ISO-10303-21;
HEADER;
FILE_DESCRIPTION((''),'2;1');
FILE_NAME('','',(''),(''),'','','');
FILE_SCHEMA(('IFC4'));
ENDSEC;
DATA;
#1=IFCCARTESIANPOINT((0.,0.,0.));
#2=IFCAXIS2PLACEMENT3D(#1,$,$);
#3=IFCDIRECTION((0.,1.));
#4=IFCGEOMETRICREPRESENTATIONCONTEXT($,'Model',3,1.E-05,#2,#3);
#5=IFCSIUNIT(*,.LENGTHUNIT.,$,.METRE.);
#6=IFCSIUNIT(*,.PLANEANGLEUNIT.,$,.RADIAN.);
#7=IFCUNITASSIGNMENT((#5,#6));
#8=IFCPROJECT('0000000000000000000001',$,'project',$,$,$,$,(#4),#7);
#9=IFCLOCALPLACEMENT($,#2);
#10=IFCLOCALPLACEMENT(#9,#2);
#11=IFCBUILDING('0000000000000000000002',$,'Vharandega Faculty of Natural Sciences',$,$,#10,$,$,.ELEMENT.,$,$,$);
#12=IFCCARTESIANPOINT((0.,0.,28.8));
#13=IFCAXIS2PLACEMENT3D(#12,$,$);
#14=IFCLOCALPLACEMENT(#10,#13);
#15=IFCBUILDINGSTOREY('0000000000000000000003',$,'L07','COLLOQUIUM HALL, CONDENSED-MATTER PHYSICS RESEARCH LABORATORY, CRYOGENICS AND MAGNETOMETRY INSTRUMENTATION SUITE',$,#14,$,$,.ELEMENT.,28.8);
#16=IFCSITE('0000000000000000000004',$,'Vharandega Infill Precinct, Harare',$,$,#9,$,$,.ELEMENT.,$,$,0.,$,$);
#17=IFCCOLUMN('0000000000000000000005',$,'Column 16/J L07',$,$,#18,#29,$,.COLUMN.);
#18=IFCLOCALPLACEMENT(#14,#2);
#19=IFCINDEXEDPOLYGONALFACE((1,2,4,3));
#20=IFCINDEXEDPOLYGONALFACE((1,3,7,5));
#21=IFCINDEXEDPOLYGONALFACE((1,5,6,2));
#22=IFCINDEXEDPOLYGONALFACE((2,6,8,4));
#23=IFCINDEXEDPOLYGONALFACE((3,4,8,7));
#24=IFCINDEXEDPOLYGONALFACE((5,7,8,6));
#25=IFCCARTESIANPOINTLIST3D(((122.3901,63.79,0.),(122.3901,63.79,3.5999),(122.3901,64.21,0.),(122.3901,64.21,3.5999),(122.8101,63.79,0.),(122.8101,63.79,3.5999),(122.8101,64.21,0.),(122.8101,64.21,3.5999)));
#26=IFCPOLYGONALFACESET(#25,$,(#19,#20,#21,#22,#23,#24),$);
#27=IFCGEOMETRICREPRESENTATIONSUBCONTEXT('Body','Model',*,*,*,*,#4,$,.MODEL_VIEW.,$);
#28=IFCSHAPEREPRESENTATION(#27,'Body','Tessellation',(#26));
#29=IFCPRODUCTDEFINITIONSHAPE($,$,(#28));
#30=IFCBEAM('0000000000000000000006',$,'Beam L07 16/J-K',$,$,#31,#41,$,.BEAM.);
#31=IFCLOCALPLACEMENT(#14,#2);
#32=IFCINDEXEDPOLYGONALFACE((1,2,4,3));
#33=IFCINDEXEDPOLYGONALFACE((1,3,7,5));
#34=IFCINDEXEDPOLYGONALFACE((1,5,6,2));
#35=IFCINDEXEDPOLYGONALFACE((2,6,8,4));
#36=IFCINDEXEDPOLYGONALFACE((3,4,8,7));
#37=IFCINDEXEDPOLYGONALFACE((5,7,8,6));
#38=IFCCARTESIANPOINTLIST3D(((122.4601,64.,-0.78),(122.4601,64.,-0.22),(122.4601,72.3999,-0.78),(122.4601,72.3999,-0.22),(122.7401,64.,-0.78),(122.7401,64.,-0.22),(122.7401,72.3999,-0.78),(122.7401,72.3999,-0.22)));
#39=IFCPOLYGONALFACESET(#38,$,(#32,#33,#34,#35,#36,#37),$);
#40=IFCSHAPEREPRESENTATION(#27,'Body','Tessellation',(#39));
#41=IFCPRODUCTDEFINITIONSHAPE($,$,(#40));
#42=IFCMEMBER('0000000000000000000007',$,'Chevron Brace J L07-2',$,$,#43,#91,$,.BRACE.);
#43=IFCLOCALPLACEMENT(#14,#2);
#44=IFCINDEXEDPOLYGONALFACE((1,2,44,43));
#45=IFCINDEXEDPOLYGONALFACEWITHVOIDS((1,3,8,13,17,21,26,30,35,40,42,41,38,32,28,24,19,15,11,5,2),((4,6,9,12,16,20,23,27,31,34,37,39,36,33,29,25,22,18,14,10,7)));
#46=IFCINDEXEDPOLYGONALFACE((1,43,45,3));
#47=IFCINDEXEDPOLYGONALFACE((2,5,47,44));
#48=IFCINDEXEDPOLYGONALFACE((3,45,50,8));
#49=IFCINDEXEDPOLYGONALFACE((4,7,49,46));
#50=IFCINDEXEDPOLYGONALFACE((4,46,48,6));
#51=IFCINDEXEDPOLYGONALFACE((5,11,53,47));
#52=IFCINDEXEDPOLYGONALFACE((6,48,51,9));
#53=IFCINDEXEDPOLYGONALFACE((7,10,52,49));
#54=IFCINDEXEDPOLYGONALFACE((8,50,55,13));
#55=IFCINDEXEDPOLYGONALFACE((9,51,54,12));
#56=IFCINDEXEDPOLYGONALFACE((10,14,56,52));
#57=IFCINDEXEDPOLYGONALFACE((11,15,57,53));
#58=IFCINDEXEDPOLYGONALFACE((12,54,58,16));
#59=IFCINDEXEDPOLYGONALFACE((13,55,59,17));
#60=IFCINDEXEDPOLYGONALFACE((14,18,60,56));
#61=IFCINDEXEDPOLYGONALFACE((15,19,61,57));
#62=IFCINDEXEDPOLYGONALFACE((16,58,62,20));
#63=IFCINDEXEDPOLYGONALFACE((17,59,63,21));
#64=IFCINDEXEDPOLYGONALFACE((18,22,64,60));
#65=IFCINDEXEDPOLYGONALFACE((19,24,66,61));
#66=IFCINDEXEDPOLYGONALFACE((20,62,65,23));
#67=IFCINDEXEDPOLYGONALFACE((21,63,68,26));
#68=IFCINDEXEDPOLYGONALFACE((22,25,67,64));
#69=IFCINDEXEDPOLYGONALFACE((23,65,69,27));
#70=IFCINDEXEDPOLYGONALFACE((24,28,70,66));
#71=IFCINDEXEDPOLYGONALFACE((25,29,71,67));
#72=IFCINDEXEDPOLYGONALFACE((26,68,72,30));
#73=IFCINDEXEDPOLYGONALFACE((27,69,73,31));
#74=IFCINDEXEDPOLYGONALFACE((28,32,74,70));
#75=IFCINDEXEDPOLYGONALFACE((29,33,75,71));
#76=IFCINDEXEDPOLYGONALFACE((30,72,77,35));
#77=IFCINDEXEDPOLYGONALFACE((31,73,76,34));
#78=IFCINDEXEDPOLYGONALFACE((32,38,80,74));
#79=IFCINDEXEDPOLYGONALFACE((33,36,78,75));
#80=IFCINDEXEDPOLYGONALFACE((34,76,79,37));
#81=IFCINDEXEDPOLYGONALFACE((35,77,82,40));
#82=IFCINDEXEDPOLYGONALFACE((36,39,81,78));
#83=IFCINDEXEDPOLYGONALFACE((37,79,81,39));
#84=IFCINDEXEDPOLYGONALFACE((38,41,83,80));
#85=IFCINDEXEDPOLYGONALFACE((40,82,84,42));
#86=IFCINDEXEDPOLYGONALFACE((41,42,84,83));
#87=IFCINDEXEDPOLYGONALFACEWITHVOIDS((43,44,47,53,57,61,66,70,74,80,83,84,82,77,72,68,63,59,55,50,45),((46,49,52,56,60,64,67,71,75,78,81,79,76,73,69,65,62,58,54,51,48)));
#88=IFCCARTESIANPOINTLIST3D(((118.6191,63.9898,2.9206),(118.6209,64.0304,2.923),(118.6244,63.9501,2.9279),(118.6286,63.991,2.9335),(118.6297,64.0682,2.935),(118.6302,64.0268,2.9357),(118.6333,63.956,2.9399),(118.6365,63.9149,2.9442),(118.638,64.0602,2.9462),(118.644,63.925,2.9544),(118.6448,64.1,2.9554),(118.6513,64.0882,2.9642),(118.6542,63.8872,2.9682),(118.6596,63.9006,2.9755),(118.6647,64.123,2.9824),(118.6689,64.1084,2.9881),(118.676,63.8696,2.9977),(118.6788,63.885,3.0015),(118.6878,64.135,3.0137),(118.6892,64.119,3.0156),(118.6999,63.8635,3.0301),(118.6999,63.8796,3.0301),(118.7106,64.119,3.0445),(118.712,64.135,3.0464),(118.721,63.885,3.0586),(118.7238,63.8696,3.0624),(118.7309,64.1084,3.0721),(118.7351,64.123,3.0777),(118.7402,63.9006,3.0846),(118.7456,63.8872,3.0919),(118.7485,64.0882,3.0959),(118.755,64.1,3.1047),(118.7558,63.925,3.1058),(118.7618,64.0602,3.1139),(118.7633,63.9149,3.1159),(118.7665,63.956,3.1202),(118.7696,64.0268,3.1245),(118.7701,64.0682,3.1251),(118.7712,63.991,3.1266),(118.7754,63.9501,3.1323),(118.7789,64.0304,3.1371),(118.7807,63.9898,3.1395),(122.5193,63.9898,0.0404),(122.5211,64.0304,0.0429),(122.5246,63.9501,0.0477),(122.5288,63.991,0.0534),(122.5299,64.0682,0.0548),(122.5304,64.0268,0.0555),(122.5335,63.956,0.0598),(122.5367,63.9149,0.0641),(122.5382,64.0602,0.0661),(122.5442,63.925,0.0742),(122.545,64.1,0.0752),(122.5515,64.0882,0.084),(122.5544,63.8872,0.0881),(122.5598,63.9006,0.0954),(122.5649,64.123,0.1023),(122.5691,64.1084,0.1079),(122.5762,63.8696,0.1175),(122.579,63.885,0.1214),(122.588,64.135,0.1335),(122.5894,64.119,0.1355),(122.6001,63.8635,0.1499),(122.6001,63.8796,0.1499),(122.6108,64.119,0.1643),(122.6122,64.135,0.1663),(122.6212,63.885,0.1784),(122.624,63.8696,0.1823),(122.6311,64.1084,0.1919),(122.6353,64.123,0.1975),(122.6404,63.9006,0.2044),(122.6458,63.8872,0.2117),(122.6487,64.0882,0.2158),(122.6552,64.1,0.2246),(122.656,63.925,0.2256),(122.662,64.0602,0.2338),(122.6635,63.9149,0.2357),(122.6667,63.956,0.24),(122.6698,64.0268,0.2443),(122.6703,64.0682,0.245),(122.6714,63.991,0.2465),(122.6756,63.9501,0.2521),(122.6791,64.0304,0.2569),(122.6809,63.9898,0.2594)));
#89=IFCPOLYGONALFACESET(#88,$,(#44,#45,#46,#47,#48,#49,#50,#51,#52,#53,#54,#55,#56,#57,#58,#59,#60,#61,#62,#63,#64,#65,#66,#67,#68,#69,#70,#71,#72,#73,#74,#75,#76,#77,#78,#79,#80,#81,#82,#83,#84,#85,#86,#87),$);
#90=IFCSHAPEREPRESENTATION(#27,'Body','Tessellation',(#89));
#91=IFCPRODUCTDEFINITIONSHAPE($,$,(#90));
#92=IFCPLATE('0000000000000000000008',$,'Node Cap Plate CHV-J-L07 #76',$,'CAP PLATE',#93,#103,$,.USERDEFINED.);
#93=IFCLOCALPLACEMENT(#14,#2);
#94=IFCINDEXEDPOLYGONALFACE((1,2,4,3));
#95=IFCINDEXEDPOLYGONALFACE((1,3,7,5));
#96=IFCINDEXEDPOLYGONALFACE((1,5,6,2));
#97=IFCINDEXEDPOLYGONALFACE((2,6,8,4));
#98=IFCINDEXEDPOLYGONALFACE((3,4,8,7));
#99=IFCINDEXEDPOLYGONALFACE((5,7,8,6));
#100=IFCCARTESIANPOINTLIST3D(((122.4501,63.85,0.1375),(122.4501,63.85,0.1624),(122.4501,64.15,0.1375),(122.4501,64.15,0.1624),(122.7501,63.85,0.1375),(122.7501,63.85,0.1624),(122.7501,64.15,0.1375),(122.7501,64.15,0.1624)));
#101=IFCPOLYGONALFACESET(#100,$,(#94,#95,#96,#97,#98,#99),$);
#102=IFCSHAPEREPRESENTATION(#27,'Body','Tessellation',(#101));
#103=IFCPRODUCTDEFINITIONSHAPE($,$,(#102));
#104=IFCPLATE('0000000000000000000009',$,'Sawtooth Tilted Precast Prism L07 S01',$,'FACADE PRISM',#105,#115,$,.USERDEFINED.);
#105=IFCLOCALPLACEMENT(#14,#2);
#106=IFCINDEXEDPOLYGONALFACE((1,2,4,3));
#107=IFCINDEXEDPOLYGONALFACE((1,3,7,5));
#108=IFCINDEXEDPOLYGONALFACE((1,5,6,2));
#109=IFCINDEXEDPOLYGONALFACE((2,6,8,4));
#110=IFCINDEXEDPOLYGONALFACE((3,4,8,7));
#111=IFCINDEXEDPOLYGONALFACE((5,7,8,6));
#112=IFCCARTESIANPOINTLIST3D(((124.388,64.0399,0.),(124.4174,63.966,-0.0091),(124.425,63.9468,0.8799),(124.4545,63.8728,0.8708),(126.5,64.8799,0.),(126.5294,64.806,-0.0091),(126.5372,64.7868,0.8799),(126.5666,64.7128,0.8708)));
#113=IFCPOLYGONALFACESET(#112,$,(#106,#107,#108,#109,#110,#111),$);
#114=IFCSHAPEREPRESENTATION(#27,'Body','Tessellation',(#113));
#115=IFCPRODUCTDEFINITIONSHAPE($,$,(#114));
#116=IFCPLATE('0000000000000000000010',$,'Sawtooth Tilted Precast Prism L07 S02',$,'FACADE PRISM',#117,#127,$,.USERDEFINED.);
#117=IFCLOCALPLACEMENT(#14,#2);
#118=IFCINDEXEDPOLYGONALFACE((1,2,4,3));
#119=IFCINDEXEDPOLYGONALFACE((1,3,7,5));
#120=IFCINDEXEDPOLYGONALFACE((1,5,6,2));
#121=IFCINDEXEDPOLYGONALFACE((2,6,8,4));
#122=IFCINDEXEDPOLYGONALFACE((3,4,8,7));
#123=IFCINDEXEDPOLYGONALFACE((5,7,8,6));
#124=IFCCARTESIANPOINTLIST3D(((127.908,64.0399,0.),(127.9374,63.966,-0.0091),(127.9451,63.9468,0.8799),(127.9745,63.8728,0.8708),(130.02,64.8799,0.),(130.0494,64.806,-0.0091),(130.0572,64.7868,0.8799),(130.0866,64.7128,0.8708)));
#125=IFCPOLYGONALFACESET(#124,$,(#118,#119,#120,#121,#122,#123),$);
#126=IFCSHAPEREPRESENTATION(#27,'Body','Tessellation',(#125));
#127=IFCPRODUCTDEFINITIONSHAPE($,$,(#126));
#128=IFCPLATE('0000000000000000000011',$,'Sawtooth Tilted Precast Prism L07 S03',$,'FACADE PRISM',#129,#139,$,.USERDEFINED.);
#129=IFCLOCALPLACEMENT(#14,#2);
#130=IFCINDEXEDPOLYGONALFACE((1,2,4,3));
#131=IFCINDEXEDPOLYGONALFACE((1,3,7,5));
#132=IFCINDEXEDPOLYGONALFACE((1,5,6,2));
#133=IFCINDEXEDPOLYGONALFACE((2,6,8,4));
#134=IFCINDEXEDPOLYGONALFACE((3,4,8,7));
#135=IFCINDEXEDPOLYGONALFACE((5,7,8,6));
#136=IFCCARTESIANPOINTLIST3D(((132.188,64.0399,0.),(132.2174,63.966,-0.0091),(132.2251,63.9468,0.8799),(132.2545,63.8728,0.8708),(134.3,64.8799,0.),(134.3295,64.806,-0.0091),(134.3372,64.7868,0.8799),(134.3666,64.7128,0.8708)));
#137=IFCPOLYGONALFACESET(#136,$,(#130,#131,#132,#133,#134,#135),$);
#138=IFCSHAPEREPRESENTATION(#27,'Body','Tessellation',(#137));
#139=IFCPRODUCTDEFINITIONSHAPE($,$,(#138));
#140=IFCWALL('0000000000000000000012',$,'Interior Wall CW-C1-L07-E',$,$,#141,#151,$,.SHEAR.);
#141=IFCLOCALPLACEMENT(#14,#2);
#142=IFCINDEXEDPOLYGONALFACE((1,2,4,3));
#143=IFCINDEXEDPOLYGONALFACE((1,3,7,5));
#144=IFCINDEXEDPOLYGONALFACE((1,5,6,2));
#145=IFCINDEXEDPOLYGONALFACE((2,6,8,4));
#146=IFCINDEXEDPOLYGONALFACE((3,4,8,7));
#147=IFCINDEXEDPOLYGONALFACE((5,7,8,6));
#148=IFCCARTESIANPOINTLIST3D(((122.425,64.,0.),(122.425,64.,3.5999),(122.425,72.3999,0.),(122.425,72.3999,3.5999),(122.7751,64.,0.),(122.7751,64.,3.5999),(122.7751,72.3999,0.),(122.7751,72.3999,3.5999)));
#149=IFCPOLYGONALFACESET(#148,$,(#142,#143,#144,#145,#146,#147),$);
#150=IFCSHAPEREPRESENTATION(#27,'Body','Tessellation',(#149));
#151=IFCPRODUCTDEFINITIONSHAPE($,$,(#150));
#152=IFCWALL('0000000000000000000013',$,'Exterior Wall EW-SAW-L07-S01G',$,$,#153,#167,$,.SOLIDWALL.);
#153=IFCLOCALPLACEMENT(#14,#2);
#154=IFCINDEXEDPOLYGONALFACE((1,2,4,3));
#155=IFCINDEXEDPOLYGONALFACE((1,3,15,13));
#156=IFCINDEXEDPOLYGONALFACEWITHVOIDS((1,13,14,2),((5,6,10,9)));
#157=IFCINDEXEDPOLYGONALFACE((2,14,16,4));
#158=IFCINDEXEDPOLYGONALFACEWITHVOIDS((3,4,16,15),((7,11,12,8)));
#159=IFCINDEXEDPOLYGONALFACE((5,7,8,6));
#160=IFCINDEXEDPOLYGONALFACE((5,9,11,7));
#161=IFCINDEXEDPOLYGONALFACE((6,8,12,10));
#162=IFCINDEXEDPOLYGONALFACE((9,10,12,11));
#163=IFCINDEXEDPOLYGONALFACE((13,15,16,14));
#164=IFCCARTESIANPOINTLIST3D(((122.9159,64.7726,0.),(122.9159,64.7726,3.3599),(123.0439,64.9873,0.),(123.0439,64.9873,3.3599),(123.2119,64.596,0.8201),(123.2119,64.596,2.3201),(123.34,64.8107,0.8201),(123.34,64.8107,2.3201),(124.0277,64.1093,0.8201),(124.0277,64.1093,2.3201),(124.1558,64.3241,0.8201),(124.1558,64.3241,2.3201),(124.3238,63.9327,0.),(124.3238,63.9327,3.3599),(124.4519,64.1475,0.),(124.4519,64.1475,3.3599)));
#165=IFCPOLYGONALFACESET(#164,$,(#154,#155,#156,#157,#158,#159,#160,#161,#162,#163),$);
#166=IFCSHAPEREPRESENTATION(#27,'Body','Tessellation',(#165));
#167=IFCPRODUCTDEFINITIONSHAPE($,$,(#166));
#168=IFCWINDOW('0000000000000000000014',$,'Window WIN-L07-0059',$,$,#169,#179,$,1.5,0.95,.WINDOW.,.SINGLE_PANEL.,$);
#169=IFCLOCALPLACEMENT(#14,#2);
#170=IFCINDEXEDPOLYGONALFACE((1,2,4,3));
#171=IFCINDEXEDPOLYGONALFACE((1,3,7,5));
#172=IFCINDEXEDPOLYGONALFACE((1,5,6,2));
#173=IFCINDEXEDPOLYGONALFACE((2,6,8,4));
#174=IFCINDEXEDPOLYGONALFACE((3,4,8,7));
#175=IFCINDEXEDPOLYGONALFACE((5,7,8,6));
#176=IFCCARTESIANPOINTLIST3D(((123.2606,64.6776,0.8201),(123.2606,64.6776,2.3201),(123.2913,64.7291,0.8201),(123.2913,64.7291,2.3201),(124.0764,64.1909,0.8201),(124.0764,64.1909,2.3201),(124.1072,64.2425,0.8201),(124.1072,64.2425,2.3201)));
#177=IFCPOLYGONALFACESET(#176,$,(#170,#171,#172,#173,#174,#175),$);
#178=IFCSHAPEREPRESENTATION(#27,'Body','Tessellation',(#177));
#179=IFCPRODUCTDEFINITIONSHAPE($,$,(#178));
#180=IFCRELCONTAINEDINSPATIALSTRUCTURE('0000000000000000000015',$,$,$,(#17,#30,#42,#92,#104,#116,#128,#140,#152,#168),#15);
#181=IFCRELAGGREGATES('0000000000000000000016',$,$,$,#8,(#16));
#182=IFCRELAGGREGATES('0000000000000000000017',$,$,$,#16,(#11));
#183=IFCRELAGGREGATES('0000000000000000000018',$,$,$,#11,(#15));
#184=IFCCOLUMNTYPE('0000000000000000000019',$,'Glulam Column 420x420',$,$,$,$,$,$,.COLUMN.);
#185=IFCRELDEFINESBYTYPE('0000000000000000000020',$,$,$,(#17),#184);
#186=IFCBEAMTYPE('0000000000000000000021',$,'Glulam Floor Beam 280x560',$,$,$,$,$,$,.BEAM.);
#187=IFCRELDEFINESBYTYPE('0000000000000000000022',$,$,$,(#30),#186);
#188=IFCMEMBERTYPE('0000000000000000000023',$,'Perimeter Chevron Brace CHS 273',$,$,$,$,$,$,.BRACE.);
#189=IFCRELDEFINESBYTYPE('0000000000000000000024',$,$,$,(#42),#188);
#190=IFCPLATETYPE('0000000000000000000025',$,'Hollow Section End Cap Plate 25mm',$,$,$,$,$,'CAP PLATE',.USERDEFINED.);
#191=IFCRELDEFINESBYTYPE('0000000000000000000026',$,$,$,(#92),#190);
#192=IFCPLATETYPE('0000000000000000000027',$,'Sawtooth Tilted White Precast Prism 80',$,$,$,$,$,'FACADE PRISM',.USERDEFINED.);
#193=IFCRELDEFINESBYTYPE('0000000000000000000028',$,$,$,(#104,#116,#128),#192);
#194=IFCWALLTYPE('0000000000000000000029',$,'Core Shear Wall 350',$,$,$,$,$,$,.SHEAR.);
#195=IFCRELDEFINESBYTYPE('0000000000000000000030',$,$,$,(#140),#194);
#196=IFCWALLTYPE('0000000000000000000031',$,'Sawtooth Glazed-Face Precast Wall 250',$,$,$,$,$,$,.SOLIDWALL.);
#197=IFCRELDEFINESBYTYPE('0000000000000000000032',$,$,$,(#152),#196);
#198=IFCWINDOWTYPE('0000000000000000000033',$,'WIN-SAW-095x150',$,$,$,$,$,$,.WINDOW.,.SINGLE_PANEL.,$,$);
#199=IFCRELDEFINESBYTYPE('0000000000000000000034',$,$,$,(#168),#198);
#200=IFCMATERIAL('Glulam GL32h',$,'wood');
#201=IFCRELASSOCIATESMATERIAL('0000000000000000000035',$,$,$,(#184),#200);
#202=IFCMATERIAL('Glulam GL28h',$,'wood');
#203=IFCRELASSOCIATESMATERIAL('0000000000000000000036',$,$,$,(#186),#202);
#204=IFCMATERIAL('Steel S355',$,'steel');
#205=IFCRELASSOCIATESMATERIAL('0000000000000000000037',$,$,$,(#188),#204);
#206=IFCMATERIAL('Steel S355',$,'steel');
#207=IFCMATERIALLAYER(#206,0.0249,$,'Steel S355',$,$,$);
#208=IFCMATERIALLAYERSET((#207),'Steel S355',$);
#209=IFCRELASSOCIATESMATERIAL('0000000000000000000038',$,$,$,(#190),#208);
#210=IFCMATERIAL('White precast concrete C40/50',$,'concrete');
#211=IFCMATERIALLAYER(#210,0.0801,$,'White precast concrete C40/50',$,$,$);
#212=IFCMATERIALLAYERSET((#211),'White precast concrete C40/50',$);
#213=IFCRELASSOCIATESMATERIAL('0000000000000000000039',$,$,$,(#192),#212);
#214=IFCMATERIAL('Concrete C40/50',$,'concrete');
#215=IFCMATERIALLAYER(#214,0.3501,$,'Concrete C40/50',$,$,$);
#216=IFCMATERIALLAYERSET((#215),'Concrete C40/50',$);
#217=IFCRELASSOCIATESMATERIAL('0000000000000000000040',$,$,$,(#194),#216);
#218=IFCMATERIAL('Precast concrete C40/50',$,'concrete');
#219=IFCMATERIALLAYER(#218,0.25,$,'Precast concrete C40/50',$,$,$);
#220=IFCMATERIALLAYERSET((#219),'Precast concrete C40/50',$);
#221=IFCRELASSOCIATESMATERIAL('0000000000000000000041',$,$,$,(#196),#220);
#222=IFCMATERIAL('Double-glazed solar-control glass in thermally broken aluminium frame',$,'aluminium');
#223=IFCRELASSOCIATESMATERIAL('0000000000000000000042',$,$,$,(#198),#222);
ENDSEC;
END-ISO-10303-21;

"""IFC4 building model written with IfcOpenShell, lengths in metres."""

from ifc_helpers import new_model, si_unit, direction, frame, frame_2d, origin, origin_2d, place, context, subcontext, project, spatial, polyline, rectangle, hollow_circle, outline, extrude, material, layer, layer_set, material_profile, profile_set, type_object, element, fill, save


model = new_model("IFC4")

# Units and contexts
model_context = context("Model", 3, precision=1e-05, world=origin(), true_north=direction((0.0, 1.0)))
body_context = subcontext(model_context, "Body", "Model", "MODEL_VIEW")
ifc_project = project(units=[si_unit("LENGTHUNIT", "METRE"), si_unit("PLANEANGLEUNIT", "RADIAN")], contexts=[model_context])

# Site, building, storey
site_placement = place(None, origin())
site = spatial("IfcSite", under=ifc_project, at=site_placement, Name="Vharandega Infill Precinct, Harare", CompositionType="ELEMENT", RefElevation=0.0)
building_placement = place(site_placement, origin())
building = spatial("IfcBuilding", under=site, at=building_placement, Name="Vharandega Faculty of Natural Sciences", CompositionType="ELEMENT")
storey_placement = place(building_placement, frame((0.0, 0.0, 28.8)))
storey = spatial("IfcBuildingStorey", under=building, at=storey_placement, Name="L07", Description="COLLOQUIUM HALL, CONDENSED-MATTER PHYSICS RESEARCH LABORATORY, CRYOGENICS AND MAGNETOMETRY INSTRUMENTATION SUITE", CompositionType="ELEMENT", Elevation=28.8)

# Column
ifc_material_1 = material(Name="Glulam GL32h", Category="wood")
ifc_material_profile_1 = material_profile(ifc_material_1, rectangle(XDim=0.4199, YDim=0.4199, at=origin_2d()), Name="GL32h 420x420")
ifc_profile_set_1 = profile_set([ifc_material_profile_1], Name="Glulam GL32h")
column_type = type_object("IfcColumnType", Name="Glulam Column 420x420", PredefinedType="COLUMN", material=ifc_profile_set_1)
column_placement = place(storey_placement, frame((122.6001, 64.0, 0.0), z_axis=(0.0, 0.0, 1.0), x_axis=(1.0, 0.0, 0.0)))
element("IfcColumn", 1, at=column_placement, inside=storey, type_object=column_type, Name="Column 16/J L07", PredefinedType="COLUMN", context=body_context, shape_type="SweptSolid", body=[
    extrude(rectangle(XDim=0.4199, YDim=0.4199, at=origin_2d()), origin(), (0.0, 0.0, 1.0), 3.5999),
])

# Beam
ifc_material_2 = material(Name="Glulam GL28h", Category="wood")
ifc_material_profile_2 = material_profile(ifc_material_2, rectangle(XDim=0.28, YDim=0.5601, at=origin_2d()), Name="GL28h 280x560")
ifc_profile_set_2 = profile_set([ifc_material_profile_2], Name="Glulam GL28h")
beam_type = type_object("IfcBeamType", Name="Glulam Floor Beam 280x560", PredefinedType="BEAM", material=ifc_profile_set_2)
beam_placement = place(storey_placement, frame((122.6001, 64.0, -0.5), z_axis=(0.0, 1.0, 0.0), x_axis=(-1.0, 0.0, 0.0)))
element("IfcBeam", 2, at=beam_placement, inside=storey, type_object=beam_type, Name="Beam L07 16/J-K", PredefinedType="BEAM", context=body_context, shape_type="SweptSolid", body=[
    extrude(rectangle(XDim=0.28, YDim=0.5601, at=origin_2d()), origin(), (0.0, 0.0, 1.0), 8.3999),
])

# Member
ifc_material_3 = material(Name="Steel S355", Category="steel")
ifc_material_profile_3 = material_profile(ifc_material_3, hollow_circle(Radius=0.1365, WallThickness=0.0161, at=origin_2d()), Name="CHS 273x16")
ifc_profile_set_3 = profile_set([ifc_material_profile_3], Name="Steel S355")
member_type = type_object("IfcMemberType", Name="Perimeter Chevron Brace CHS 273", PredefinedType="BRACE", material=ifc_profile_set_3)
member_placement = place(storey_placement, frame((122.6001, 64.0, 0.1499), z_axis=(-0.804431, 0.0, 0.594046), x_axis=(0.0, -1.0, 0.0)))
element("IfcMember", 3, at=member_placement, inside=storey, type_object=member_type, Name="Chevron Brace J L07-2", PredefinedType="BRACE", context=body_context, shape_type="SweptSolid", body=[
    extrude(hollow_circle(Radius=0.1365, WallThickness=0.0161, at=origin_2d()), origin(), (0.0, 0.0, 1.0), 4.8484),
])

# Plates
ifc_material_4 = material(Name="Steel S355", Category="steel")
ifc_layer_1 = layer(ifc_material_4, 0.0249, Name="Steel S355")
ifc_layer_set_1 = layer_set([ifc_layer_1], Name="Steel S355")
plate_type_1 = type_object("IfcPlateType", Name="Hollow Section End Cap Plate 25mm", ElementType="CAP PLATE", PredefinedType="USERDEFINED", material=ifc_layer_set_1)
plate_placement = place(storey_placement, frame((122.6001, 64.0, 0.1375), z_axis=(0.0, 0.0, 1.0), x_axis=(1.0, 0.0, 0.0)))
element("IfcPlate", 4, at=plate_placement, inside=storey, type_object=plate_type_1, Name="Node Cap Plate CHV-J-L07 #76", ObjectType="CAP PLATE", PredefinedType="USERDEFINED", context=body_context, shape_type="SweptSolid", body=[
    extrude(rectangle(XDim=0.3, YDim=0.3, at=origin_2d()), origin(), (0.0, 0.0, 1.0), 0.0249),
])
ifc_material_5 = material(Name="White precast concrete C40/50", Category="concrete")
ifc_layer_2 = layer(ifc_material_5, 0.0801, Name="White precast concrete C40/50")
ifc_layer_set_2 = layer_set([ifc_layer_2], Name="White precast concrete C40/50")
plate_type_2 = type_object("IfcPlateType", Name="Sawtooth Tilted White Precast Prism 80", ElementType="FACADE PRISM", PredefinedType="USERDEFINED", material=ifc_layer_set_2)
for number, where, z_axis, x_axis, name in (
    (5, (126.5, 64.8799, 0.0), (-0.367171, 0.923238, 0.113215), (0.041952, -0.105155, 0.993571), "Sawtooth Tilted Precast Prism L07 S01"),
    (6, (130.02, 64.8799, 0.0), (-0.367171, 0.923238, 0.113215), (0.041952, -0.105155, 0.993571), "Sawtooth Tilted Precast Prism L07 S02"),
    (7, (134.3, 64.8799, 0.0), (-0.367171, 0.923238, 0.113215), (0.041952, -0.105155, 0.993571), "Sawtooth Tilted Precast Prism L07 S03"),
):
    element("IfcPlate", number, at=place(storey_placement, frame(where, z_axis=z_axis, x_axis=x_axis)), inside=storey, type_object=plate_type_2, Name=name, ObjectType="FACADE PRISM", PredefinedType="USERDEFINED", context=body_context, shape_type="SweptSolid", body=[
        extrude(outline(polyline([(0.0, 0.0), (0.8856, 0.0), (0.8853, -2.273), (-0.0003, -2.2729), (0.0, 0.0)])), origin(), (0.0, 0.0, -1.0), 0.0801),
    ])

# Wall
ifc_material_6 = material(Name="Concrete C40/50", Category="concrete")
ifc_layer_3 = layer(ifc_material_6, 0.3501, Name="Concrete C40/50")
ifc_layer_set_3 = layer_set([ifc_layer_3], Name="Concrete C40/50")
wall_type_1 = type_object("IfcWallType", Name="Core Shear Wall 350", PredefinedType="SHEAR", material=ifc_layer_set_3)
wall_1_placement = place(storey_placement, frame((122.6001, 64.0, 0.0), z_axis=(0.0, 0.0, 1.0), x_axis=(0.0, 1.0, 0.0)))
element("IfcWall", 8, at=wall_1_placement, inside=storey, type_object=wall_type_1, Name="Interior Wall CW-C1-L07-E", PredefinedType="SHEAR", context=body_context, shape_type="SweptSolid", body=[
    extrude(rectangle(XDim=8.3999, YDim=0.3501, at=frame_2d((4.2, 0.0))), origin(), (0.0, 0.0, 1.0), 3.5999),
])

# Wall, opening, window
ifc_material_7 = material(Name="Precast concrete C40/50", Category="concrete")
ifc_layer_4 = layer(ifc_material_7, 0.25, Name="Precast concrete C40/50")
ifc_layer_set_4 = layer_set([ifc_layer_4], Name="Precast concrete C40/50")
wall_type_2 = type_object("IfcWallType", Name="Sawtooth Glazed-Face Precast Wall 250", PredefinedType="SOLIDWALL", material=ifc_layer_set_4)
wall_2_placement = place(storey_placement, frame((124.3879, 64.04, 0.0), z_axis=(0.0, 0.0, 1.0), x_axis=(-0.858817, 0.512282, 0.0)))
wall_2 = element("IfcWall", 9, at=wall_2_placement, inside=storey, type_object=wall_type_2, Name="Exterior Wall EW-SAW-L07-S01G", PredefinedType="SOLIDWALL", context=body_context, shape_type="SweptSolid", body=[
    extrude(rectangle(XDim=1.6394, YDim=0.25, at=frame_2d((0.8198, 0.0))), origin(), (0.0, 0.0, 1.0), 3.3599),
])
opening_1_placement = place(wall_2_placement, frame((0.3447, 0.0, 0.8201)))
opening_1 = element("IfcOpeningElement", 10, at=opening_1_placement, cuts=wall_2, PredefinedType="OPENING", context=body_context, shape_type="SweptSolid", body=[
    extrude(rectangle(XDim=0.95, YDim=1.5, at=frame_2d((0.4751, 0.75))), frame((0.0, 0.135, 0.0), z_axis=(0.0, -1.0, 0.0), x_axis=(1.0, 0.0, 0.0)), (0.0, 0.0, 1.0), 0.27),
])
ifc_material_8 = material(Name="Double-glazed solar-control glass in thermally broken aluminium frame", Category="aluminium")
window_type_1 = type_object("IfcWindowType", Name="WIN-SAW-095x150", PartitioningType="SINGLE_PANEL", PredefinedType="WINDOW", material=ifc_material_8)
window_1_placement = place(opening_1_placement, origin())
window_1 = element("IfcWindow", 11, at=window_1_placement, inside=storey, type_object=window_type_1, Name="Window WIN-L07-0059", OverallHeight=1.5, OverallWidth=0.95, PartitioningType="SINGLE_PANEL", PredefinedType="WINDOW", context=body_context, shape_type="SweptSolid", body=[
    extrude(rectangle(XDim=0.95, YDim=1.5, at=frame_2d((0.4751, 0.75))), frame((0.0, 0.03, 0.0), z_axis=(0.0, -1.0, 0.0), x_axis=(1.0, 0.0, 0.0)), (0.0, 0.0, 1.0), 0.0601),
])
fill(opening_1, window_1)

save(model, "model.ifc")
